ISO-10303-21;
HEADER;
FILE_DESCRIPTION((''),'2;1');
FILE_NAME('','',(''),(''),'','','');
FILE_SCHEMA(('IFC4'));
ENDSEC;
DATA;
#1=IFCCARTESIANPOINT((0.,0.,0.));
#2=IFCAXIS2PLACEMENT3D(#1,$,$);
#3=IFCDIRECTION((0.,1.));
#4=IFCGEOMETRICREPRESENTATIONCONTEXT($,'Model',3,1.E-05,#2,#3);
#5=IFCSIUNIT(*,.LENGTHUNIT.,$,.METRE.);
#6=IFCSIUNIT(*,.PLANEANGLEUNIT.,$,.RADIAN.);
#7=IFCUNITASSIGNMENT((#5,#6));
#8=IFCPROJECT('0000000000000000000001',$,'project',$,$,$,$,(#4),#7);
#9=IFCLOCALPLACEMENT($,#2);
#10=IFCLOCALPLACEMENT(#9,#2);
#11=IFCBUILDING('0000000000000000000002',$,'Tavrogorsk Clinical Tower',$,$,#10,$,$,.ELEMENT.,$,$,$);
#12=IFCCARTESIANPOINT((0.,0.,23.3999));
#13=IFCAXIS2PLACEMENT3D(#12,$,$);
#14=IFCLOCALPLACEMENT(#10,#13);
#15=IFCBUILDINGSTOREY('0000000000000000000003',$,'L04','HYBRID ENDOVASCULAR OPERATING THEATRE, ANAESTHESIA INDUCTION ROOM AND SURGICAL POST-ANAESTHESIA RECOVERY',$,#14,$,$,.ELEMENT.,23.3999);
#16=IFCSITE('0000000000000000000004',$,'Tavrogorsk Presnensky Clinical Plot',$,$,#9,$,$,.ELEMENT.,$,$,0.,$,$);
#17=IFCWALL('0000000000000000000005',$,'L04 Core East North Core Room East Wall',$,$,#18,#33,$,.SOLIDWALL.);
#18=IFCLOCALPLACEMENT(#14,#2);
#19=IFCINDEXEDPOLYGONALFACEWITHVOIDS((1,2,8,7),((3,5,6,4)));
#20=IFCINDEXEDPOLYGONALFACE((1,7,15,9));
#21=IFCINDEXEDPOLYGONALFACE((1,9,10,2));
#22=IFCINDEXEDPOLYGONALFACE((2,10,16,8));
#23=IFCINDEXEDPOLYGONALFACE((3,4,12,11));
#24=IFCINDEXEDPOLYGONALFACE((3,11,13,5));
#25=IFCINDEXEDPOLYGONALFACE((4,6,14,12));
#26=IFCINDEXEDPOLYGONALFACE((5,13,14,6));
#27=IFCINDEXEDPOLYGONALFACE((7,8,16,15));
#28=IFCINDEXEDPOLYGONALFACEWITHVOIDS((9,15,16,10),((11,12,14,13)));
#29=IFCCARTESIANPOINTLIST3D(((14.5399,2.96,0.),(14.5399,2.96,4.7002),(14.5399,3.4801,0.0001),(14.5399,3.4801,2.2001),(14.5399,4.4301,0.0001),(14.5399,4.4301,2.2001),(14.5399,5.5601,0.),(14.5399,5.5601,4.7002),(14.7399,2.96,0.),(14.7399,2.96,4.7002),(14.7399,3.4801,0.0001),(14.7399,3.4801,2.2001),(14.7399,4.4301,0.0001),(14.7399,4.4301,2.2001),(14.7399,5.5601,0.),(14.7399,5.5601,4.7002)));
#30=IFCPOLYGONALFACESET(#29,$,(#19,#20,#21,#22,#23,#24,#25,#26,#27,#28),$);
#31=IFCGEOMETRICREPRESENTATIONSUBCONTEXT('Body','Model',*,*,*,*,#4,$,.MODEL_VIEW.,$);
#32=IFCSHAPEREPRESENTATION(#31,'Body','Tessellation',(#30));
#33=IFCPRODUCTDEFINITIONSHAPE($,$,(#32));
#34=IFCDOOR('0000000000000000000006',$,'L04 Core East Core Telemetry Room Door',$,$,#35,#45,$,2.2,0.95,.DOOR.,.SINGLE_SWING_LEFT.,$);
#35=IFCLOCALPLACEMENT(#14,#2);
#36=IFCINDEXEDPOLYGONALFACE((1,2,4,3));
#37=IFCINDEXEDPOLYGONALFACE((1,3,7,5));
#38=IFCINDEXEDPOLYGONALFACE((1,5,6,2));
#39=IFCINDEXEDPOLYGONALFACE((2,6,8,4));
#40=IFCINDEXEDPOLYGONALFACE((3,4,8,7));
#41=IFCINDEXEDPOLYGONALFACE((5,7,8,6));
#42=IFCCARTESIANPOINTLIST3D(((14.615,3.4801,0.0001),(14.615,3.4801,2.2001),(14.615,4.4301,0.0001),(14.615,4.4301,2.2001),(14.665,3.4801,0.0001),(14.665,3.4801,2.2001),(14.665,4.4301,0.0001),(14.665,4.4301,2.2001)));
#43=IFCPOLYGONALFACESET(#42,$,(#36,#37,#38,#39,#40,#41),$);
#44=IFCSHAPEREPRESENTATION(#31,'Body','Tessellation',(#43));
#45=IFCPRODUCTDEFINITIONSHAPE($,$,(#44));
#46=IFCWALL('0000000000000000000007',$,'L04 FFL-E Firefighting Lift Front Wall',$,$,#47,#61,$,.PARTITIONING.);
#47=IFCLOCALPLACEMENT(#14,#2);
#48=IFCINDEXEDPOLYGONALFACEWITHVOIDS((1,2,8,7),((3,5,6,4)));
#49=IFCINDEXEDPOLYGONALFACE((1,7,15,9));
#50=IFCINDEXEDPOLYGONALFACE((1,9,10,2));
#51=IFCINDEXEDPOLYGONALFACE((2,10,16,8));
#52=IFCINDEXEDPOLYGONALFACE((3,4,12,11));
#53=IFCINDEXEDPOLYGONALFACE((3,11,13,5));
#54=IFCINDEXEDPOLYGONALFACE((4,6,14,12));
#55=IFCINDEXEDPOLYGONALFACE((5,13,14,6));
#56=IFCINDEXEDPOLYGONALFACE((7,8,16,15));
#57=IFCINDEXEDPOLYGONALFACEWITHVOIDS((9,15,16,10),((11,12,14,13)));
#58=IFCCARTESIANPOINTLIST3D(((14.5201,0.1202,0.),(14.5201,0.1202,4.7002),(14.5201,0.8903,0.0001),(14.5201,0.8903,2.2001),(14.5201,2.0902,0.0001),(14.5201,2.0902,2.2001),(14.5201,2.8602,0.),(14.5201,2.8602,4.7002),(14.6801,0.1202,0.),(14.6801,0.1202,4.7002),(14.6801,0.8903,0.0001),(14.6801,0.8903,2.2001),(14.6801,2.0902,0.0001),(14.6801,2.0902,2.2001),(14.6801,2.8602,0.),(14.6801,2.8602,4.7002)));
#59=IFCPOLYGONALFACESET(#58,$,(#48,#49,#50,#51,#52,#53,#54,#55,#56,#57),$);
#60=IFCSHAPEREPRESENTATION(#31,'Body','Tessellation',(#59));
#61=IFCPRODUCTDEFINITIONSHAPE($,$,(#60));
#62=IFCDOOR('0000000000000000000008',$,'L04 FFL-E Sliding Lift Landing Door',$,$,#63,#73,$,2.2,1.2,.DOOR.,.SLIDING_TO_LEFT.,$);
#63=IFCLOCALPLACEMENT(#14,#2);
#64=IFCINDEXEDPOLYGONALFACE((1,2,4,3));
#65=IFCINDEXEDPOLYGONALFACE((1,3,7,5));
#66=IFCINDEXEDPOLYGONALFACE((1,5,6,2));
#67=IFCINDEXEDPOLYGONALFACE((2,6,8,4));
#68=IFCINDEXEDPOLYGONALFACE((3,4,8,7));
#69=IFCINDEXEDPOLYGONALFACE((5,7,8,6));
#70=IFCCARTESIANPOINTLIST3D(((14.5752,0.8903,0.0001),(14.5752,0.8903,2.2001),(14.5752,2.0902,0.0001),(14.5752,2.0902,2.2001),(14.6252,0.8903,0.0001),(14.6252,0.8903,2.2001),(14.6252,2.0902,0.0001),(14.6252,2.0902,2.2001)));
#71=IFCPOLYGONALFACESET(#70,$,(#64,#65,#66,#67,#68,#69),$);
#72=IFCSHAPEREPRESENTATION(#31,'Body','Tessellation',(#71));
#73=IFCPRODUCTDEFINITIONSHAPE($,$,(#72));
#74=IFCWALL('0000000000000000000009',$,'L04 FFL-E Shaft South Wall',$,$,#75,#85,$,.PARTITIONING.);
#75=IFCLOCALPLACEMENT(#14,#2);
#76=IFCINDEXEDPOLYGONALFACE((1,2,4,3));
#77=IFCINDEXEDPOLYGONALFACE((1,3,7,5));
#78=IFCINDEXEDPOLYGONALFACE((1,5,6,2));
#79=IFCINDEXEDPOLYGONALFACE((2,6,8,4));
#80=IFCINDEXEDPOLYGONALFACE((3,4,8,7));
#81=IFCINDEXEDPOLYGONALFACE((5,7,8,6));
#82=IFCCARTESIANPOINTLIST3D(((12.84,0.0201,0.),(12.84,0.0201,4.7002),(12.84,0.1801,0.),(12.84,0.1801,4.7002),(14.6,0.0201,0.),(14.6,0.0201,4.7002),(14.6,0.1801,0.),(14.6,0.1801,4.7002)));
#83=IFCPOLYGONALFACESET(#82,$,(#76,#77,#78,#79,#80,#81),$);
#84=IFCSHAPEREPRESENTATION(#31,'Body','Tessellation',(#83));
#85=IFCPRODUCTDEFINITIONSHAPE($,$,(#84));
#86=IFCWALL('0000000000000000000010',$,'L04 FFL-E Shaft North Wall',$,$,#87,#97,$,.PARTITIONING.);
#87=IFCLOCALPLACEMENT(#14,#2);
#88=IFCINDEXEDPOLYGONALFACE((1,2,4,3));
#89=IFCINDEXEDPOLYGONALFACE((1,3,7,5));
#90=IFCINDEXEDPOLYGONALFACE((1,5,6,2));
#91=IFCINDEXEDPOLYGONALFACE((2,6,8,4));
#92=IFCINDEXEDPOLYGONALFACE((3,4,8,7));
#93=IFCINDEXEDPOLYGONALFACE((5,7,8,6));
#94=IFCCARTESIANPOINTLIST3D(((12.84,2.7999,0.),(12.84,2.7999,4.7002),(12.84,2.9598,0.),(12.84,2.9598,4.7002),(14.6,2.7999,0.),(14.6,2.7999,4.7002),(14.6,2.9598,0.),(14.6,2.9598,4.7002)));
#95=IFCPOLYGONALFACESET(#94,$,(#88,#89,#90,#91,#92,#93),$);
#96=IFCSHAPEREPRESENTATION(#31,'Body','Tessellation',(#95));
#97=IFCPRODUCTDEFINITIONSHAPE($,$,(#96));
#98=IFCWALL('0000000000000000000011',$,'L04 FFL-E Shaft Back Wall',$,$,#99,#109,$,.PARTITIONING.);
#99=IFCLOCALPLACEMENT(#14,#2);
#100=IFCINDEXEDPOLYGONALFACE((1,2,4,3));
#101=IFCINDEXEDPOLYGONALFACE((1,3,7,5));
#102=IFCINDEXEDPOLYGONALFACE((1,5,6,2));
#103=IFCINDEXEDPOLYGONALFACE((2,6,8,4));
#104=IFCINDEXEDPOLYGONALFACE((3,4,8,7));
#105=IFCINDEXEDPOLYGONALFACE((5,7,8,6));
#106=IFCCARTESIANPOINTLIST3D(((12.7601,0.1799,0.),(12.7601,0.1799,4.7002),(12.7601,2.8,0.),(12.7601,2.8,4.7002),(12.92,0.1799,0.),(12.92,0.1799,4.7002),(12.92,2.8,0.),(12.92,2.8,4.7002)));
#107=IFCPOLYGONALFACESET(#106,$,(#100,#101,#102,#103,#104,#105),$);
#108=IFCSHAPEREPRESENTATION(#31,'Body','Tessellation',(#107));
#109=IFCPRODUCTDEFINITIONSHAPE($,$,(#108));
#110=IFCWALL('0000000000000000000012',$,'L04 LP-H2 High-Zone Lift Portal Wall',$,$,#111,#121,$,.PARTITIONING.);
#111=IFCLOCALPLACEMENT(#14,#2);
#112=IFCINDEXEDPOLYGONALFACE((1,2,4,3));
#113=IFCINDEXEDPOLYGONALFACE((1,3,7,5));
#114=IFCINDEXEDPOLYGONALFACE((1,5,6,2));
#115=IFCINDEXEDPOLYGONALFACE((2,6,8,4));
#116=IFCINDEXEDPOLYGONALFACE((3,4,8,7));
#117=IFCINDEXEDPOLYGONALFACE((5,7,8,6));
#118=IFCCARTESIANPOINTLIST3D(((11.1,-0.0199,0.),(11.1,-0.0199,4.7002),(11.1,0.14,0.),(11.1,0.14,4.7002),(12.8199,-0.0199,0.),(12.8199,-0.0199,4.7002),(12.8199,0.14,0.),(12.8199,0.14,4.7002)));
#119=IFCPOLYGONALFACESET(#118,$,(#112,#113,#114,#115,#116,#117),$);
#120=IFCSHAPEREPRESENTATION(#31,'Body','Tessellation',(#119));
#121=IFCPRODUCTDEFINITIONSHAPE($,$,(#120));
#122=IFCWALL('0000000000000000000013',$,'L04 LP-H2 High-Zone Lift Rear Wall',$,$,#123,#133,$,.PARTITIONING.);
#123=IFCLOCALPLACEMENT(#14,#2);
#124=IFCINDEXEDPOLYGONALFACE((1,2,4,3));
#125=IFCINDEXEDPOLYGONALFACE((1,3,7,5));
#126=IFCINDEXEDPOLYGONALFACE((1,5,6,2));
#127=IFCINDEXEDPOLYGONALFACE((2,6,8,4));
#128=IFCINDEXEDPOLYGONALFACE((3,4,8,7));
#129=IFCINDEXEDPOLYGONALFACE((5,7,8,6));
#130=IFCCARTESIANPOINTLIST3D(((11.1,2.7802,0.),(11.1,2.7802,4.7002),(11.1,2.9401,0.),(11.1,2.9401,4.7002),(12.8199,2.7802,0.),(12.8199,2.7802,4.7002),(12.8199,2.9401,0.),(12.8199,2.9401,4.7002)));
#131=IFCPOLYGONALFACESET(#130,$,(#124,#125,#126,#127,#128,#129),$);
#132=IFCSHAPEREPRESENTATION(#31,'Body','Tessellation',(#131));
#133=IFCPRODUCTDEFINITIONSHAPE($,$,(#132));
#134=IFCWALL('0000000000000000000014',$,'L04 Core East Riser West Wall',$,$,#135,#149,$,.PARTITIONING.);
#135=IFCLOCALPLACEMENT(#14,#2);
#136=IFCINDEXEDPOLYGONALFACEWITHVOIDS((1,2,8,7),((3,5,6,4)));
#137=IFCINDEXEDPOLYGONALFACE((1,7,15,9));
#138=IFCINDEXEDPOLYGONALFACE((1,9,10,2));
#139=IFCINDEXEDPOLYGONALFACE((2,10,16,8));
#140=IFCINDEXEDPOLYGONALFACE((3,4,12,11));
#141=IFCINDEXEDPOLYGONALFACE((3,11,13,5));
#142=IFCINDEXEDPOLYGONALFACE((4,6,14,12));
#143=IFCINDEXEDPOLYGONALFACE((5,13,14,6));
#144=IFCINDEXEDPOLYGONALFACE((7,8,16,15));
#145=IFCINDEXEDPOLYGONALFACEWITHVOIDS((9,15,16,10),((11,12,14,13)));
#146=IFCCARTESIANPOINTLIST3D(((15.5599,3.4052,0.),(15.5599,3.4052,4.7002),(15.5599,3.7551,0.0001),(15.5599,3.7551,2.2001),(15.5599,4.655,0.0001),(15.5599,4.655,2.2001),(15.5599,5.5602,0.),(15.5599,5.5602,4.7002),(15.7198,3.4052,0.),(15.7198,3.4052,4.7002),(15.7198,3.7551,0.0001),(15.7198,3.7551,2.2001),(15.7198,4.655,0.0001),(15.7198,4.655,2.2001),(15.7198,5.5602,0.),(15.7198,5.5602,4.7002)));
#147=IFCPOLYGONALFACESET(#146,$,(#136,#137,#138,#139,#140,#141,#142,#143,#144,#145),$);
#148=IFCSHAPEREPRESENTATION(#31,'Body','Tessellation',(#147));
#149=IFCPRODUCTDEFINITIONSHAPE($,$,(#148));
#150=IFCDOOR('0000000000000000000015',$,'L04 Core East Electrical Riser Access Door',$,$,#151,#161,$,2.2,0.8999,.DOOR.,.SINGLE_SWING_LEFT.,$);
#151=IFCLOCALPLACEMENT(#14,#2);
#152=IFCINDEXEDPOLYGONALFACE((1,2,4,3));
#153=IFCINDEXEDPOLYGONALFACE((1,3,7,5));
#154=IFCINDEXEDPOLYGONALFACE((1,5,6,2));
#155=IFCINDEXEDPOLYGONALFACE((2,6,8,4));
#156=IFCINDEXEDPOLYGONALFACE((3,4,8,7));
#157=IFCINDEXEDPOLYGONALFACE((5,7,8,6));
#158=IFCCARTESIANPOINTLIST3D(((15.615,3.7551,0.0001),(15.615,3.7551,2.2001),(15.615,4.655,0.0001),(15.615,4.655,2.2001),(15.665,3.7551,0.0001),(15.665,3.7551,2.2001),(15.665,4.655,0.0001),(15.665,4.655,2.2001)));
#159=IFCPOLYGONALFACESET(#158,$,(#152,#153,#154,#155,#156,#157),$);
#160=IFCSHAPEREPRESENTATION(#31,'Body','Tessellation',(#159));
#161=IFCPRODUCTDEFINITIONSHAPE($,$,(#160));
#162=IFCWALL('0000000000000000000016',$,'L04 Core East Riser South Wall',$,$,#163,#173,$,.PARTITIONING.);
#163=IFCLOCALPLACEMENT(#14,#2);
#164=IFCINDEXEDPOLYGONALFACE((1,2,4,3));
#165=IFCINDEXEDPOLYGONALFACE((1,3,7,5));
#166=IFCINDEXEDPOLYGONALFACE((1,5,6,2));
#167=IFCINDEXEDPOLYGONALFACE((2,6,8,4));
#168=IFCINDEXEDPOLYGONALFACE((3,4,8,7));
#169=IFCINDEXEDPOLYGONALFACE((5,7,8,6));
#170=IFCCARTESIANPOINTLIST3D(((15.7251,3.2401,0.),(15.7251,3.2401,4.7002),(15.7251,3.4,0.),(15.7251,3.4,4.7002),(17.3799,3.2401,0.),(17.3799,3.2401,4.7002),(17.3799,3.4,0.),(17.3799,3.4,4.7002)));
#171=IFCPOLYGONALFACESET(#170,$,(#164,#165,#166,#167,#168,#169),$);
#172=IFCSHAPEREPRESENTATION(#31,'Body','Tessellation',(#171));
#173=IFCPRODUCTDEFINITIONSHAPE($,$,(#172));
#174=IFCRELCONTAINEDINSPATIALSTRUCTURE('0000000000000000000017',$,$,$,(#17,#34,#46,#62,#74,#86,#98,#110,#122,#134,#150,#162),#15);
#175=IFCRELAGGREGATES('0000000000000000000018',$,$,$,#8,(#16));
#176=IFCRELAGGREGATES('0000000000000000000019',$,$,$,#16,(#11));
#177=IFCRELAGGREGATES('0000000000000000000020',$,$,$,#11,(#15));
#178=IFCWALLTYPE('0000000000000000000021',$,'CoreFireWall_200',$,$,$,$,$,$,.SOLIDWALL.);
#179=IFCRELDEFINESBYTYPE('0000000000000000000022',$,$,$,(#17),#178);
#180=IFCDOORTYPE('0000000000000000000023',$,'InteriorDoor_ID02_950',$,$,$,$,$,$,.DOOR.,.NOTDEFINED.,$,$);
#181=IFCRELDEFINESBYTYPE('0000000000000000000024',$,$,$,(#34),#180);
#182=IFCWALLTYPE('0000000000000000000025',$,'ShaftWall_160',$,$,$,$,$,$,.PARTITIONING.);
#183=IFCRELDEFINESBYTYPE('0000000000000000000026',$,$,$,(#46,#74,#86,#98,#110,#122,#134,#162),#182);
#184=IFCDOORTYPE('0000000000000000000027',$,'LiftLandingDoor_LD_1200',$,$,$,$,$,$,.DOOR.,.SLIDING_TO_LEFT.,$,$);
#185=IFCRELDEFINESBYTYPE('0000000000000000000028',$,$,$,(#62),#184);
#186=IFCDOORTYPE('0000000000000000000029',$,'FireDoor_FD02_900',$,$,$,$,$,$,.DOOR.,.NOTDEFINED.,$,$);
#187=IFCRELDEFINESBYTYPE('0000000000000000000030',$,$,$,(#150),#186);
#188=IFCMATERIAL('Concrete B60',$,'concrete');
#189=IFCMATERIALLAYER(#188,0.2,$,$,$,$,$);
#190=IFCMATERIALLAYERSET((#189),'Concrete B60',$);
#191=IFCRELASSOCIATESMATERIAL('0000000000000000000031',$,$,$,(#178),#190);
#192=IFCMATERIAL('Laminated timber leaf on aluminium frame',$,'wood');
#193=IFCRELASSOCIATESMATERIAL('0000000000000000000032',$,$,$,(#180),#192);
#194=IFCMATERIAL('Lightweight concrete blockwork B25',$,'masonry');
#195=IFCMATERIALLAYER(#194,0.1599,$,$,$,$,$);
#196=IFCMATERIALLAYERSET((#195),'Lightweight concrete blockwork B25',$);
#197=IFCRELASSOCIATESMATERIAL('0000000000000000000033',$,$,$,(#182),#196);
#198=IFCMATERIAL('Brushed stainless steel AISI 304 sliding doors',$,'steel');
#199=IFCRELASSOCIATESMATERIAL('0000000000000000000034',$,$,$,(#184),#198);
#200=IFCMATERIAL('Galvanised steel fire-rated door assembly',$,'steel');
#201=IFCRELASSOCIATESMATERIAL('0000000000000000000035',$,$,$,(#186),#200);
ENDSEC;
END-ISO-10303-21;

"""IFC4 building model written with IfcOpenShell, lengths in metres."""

from ifc_helpers import new_model, si_unit, direction, frame, frame_2d, origin, place, context, subcontext, project, spatial, rectangle, extrude, material, layer, layer_set, type_object, element, fill, save


model = new_model("IFC4")

# Units and contexts
model_context = context("Model", 3, precision=1e-05, world=origin(), true_north=direction((0.0, 1.0)))
body_context = subcontext(model_context, "Body", "Model", "MODEL_VIEW")
ifc_project = project(units=[si_unit("LENGTHUNIT", "METRE"), si_unit("PLANEANGLEUNIT", "RADIAN")], contexts=[model_context])

# Site, building, storey
site_placement = place(None, origin())
site = spatial("IfcSite", under=ifc_project, at=site_placement, Name="Tavrogorsk Presnensky Clinical Plot", CompositionType="ELEMENT", RefElevation=0.0)
building_placement = place(site_placement, origin())
building = spatial("IfcBuilding", under=site, at=building_placement, Name="Tavrogorsk Clinical Tower", CompositionType="ELEMENT")
storey_placement = place(building_placement, frame((0.0, 0.0, 23.3999)))
storey = spatial("IfcBuildingStorey", under=building, at=storey_placement, Name="L04", Description="HYBRID ENDOVASCULAR OPERATING THEATRE, ANAESTHESIA INDUCTION ROOM AND SURGICAL POST-ANAESTHESIA RECOVERY", CompositionType="ELEMENT", Elevation=23.3999)

# Walls, openings, doors
ifc_material_1 = material(Name="Concrete B60", Category="concrete")
ifc_layer_1 = layer(ifc_material_1, 0.2)
ifc_layer_set_1 = layer_set([ifc_layer_1], Name="Concrete B60")
wall_type_1 = type_object("IfcWallType", Name="CoreFireWall_200", PredefinedType="SOLIDWALL", material=ifc_layer_set_1)
wall_1_placement = place(storey_placement, frame((14.6399, 2.96, 0.0), z_axis=(0.0, 0.0, 1.0), x_axis=(0.0, 1.0, 0.0)))
wall_1 = element("IfcWall", 1, at=wall_1_placement, inside=storey, type_object=wall_type_1, Name="L04 Core East North Core Room East Wall", PredefinedType="SOLIDWALL", context=body_context, shape_type="SweptSolid", body=[
    extrude(rectangle(XDim=2.6001, YDim=0.2, at=frame_2d((1.3, 0.0))), origin(), (0.0, 0.0, 1.0), 4.7002),
])
opening_1_placement = place(wall_1_placement, frame((0.52, 0.0, 0.0)))
opening_1 = element("IfcOpeningElement", 2, at=opening_1_placement, cuts=wall_1, PredefinedType="OPENING", context=body_context, shape_type="SweptSolid", body=[
    extrude(rectangle(XDim=0.95, YDim=2.2, at=frame_2d((0.4751, 1.1001))), frame((0.0, 0.1099, 0.0), z_axis=(0.0, -1.0, 0.0), x_axis=(1.0, 0.0, 0.0)), (0.0, 0.0, 1.0), 0.22),
])
ifc_material_2 = material(Name="Laminated timber leaf on aluminium frame", Category="wood")
door_type_1 = type_object("IfcDoorType", Name="InteriorDoor_ID02_950", OperationType="NOTDEFINED", PredefinedType="DOOR", material=ifc_material_2)
door_1_placement = place(opening_1_placement, origin())
door_1 = element("IfcDoor", 3, at=door_1_placement, inside=storey, type_object=door_type_1, Name="L04 Core East Core Telemetry Room Door", OperationType="SINGLE_SWING_LEFT", OverallHeight=2.2, OverallWidth=0.95, PredefinedType="DOOR", context=body_context, shape_type="SweptSolid", body=[
    extrude(rectangle(XDim=0.95, YDim=2.2, at=frame_2d((0.4751, 1.1001))), frame((0.0, 0.0249, 0.0), z_axis=(0.0, -1.0, 0.0), x_axis=(1.0, 0.0, 0.0)), (0.0, 0.0, 1.0), 0.05),
])
fill(opening_1, door_1)
ifc_material_3 = material(Name="Lightweight concrete blockwork B25", Category="masonry")
ifc_layer_2 = layer(ifc_material_3, 0.1599)
ifc_layer_set_2 = layer_set([ifc_layer_2], Name="Lightweight concrete blockwork B25")
wall_type_2 = type_object("IfcWallType", Name="ShaftWall_160", PredefinedType="PARTITIONING", material=ifc_layer_set_2)
wall_2_placement = place(storey_placement, frame((14.6001, 0.1201, 0.0), z_axis=(0.0, 0.0, 1.0), x_axis=(0.0, 1.0, 0.0)))
wall_2 = element("IfcWall", 4, at=wall_2_placement, inside=storey, type_object=wall_type_2, Name="L04 FFL-E Firefighting Lift Front Wall", PredefinedType="PARTITIONING", context=body_context, shape_type="SweptSolid", body=[
    extrude(rectangle(XDim=2.74, YDim=0.1599, at=frame_2d((1.3701, 0.0))), origin(), (0.0, 0.0, 1.0), 4.7002),
])
opening_2_placement = place(wall_2_placement, frame((0.77, 0.0, 0.0)))
opening_2 = element("IfcOpeningElement", 5, at=opening_2_placement, cuts=wall_2, PredefinedType="OPENING", context=body_context, shape_type="SweptSolid", body=[
    extrude(rectangle(XDim=1.2, YDim=2.2, at=frame_2d((0.6001, 1.1001))), frame((0.0, 0.0898, 0.0), z_axis=(0.0, -1.0, 0.0), x_axis=(1.0, 0.0, 0.0)), (0.0, 0.0, 1.0), 0.1799),
])
ifc_material_4 = material(Name="Brushed stainless steel AISI 304 sliding doors", Category="steel")
door_type_2 = type_object("IfcDoorType", Name="LiftLandingDoor_LD_1200", OperationType="SLIDING_TO_LEFT", PredefinedType="DOOR", material=ifc_material_4)
door_2_placement = place(opening_2_placement, origin())
door_2 = element("IfcDoor", 6, at=door_2_placement, inside=storey, type_object=door_type_2, Name="L04 FFL-E Sliding Lift Landing Door", OperationType="SLIDING_TO_LEFT", OverallHeight=2.2, OverallWidth=1.2, PredefinedType="DOOR", context=body_context, shape_type="SweptSolid", body=[
    extrude(rectangle(XDim=1.2, YDim=2.2, at=frame_2d((0.6001, 1.1001))), frame((0.0, 0.0249, 0.0), z_axis=(0.0, -1.0, 0.0), x_axis=(1.0, 0.0, 0.0)), (0.0, 0.0, 1.0), 0.05),
])
fill(opening_2, door_2)

# Walls
for number, where, z_axis, x_axis, name in (
    (7, (12.8401, 0.1001, 0.0), (0.0, 0.0, 1.0), (1.0, 0.0, 0.0), "L04 FFL-E Shaft South Wall"),
    (8, (12.8401, 2.8799, 0.0), (0.0, 0.0, 1.0), (1.0, 0.0, 0.0), "L04 FFL-E Shaft North Wall"),
):
    element("IfcWall", number, at=place(storey_placement, frame(where, z_axis=z_axis, x_axis=x_axis)), inside=storey, type_object=wall_type_2, Name=name, PredefinedType="PARTITIONING", context=body_context, shape_type="SweptSolid", body=[
        extrude(rectangle(XDim=1.76, YDim=0.1599, at=frame_2d((0.8799, 0.0))), origin(), (0.0, 0.0, 1.0), 4.7002),
    ])
wall_3_placement = place(storey_placement, frame((12.8401, 0.1799, 0.0), z_axis=(0.0, 0.0, 1.0), x_axis=(0.0, 1.0, 0.0)))
element("IfcWall", 9, at=wall_3_placement, inside=storey, type_object=wall_type_2, Name="L04 FFL-E Shaft Back Wall", PredefinedType="PARTITIONING", context=body_context, shape_type="SweptSolid", body=[
    extrude(rectangle(XDim=2.6201, YDim=0.1599, at=frame_2d((1.3101, 0.0))), origin(), (0.0, 0.0, 1.0), 4.7002),
])
for number, where, z_axis, x_axis, name in (
    (10, (11.1001, 0.0601, 0.0), (0.0, 0.0, 1.0), (1.0, 0.0, 0.0), "L04 LP-H2 High-Zone Lift Portal Wall"),
    (11, (11.1001, 2.8601, 0.0), (0.0, 0.0, 1.0), (1.0, 0.0, 0.0), "L04 LP-H2 High-Zone Lift Rear Wall"),
):
    element("IfcWall", number, at=place(storey_placement, frame(where, z_axis=z_axis, x_axis=x_axis)), inside=storey, type_object=wall_type_2, Name=name, PredefinedType="PARTITIONING", context=body_context, shape_type="SweptSolid", body=[
        extrude(rectangle(XDim=1.72, YDim=0.1599, at=frame_2d((0.8599, 0.0))), origin(), (0.0, 0.0, 1.0), 4.7002),
    ])

# Wall, opening, door
wall_4_placement = place(storey_placement, frame((15.6399, 3.405, 0.0), z_axis=(0.0, 0.0, 1.0), x_axis=(0.0, 1.0, 0.0)))
wall_4 = element("IfcWall", 12, at=wall_4_placement, inside=storey, type_object=wall_type_2, Name="L04 Core East Riser West Wall", PredefinedType="PARTITIONING", context=body_context, shape_type="SweptSolid", body=[
    extrude(rectangle(XDim=2.155, YDim=0.1599, at=frame_2d((1.0776, 0.0))), origin(), (0.0, 0.0, 1.0), 4.7002),
])
opening_3_placement = place(wall_4_placement, frame((0.3501, 0.0, 0.0)))
opening_3 = element("IfcOpeningElement", 13, at=opening_3_placement, cuts=wall_4, PredefinedType="OPENING", context=body_context, shape_type="SweptSolid", body=[
    extrude(rectangle(XDim=0.8999, YDim=2.2, at=frame_2d((0.45, 1.1001))), frame((0.0, 0.0898, 0.0), z_axis=(0.0, -1.0, 0.0), x_axis=(1.0, 0.0, 0.0)), (0.0, 0.0, 1.0), 0.1799),
])
ifc_material_5 = material(Name="Galvanised steel fire-rated door assembly", Category="steel")
door_type_3 = type_object("IfcDoorType", Name="FireDoor_FD02_900", OperationType="NOTDEFINED", PredefinedType="DOOR", material=ifc_material_5)
door_3_placement = place(opening_3_placement, origin())
door_3 = element("IfcDoor", 14, at=door_3_placement, inside=storey, type_object=door_type_3, Name="L04 Core East Electrical Riser Access Door", OperationType="SINGLE_SWING_LEFT", OverallHeight=2.2, OverallWidth=0.8999, PredefinedType="DOOR", context=body_context, shape_type="SweptSolid", body=[
    extrude(rectangle(XDim=0.8999, YDim=2.2, at=frame_2d((0.45, 1.1001))), frame((0.0, 0.0249, 0.0), z_axis=(0.0, -1.0, 0.0), x_axis=(1.0, 0.0, 0.0)), (0.0, 0.0, 1.0), 0.05),
])
fill(opening_3, door_3)

# Wall
wall_5_placement = place(storey_placement, frame((15.7251, 3.3201, 0.0), z_axis=(0.0, 0.0, 1.0), x_axis=(1.0, 0.0, 0.0)))
element("IfcWall", 15, at=wall_5_placement, inside=storey, type_object=wall_type_2, Name="L04 Core East Riser South Wall", PredefinedType="PARTITIONING", context=body_context, shape_type="SweptSolid", body=[
    extrude(rectangle(XDim=1.6548, YDim=0.1599, at=frame_2d((0.8274, 0.0))), origin(), (0.0, 0.0, 1.0), 4.7002),
])

save(model, "model.ifc")
